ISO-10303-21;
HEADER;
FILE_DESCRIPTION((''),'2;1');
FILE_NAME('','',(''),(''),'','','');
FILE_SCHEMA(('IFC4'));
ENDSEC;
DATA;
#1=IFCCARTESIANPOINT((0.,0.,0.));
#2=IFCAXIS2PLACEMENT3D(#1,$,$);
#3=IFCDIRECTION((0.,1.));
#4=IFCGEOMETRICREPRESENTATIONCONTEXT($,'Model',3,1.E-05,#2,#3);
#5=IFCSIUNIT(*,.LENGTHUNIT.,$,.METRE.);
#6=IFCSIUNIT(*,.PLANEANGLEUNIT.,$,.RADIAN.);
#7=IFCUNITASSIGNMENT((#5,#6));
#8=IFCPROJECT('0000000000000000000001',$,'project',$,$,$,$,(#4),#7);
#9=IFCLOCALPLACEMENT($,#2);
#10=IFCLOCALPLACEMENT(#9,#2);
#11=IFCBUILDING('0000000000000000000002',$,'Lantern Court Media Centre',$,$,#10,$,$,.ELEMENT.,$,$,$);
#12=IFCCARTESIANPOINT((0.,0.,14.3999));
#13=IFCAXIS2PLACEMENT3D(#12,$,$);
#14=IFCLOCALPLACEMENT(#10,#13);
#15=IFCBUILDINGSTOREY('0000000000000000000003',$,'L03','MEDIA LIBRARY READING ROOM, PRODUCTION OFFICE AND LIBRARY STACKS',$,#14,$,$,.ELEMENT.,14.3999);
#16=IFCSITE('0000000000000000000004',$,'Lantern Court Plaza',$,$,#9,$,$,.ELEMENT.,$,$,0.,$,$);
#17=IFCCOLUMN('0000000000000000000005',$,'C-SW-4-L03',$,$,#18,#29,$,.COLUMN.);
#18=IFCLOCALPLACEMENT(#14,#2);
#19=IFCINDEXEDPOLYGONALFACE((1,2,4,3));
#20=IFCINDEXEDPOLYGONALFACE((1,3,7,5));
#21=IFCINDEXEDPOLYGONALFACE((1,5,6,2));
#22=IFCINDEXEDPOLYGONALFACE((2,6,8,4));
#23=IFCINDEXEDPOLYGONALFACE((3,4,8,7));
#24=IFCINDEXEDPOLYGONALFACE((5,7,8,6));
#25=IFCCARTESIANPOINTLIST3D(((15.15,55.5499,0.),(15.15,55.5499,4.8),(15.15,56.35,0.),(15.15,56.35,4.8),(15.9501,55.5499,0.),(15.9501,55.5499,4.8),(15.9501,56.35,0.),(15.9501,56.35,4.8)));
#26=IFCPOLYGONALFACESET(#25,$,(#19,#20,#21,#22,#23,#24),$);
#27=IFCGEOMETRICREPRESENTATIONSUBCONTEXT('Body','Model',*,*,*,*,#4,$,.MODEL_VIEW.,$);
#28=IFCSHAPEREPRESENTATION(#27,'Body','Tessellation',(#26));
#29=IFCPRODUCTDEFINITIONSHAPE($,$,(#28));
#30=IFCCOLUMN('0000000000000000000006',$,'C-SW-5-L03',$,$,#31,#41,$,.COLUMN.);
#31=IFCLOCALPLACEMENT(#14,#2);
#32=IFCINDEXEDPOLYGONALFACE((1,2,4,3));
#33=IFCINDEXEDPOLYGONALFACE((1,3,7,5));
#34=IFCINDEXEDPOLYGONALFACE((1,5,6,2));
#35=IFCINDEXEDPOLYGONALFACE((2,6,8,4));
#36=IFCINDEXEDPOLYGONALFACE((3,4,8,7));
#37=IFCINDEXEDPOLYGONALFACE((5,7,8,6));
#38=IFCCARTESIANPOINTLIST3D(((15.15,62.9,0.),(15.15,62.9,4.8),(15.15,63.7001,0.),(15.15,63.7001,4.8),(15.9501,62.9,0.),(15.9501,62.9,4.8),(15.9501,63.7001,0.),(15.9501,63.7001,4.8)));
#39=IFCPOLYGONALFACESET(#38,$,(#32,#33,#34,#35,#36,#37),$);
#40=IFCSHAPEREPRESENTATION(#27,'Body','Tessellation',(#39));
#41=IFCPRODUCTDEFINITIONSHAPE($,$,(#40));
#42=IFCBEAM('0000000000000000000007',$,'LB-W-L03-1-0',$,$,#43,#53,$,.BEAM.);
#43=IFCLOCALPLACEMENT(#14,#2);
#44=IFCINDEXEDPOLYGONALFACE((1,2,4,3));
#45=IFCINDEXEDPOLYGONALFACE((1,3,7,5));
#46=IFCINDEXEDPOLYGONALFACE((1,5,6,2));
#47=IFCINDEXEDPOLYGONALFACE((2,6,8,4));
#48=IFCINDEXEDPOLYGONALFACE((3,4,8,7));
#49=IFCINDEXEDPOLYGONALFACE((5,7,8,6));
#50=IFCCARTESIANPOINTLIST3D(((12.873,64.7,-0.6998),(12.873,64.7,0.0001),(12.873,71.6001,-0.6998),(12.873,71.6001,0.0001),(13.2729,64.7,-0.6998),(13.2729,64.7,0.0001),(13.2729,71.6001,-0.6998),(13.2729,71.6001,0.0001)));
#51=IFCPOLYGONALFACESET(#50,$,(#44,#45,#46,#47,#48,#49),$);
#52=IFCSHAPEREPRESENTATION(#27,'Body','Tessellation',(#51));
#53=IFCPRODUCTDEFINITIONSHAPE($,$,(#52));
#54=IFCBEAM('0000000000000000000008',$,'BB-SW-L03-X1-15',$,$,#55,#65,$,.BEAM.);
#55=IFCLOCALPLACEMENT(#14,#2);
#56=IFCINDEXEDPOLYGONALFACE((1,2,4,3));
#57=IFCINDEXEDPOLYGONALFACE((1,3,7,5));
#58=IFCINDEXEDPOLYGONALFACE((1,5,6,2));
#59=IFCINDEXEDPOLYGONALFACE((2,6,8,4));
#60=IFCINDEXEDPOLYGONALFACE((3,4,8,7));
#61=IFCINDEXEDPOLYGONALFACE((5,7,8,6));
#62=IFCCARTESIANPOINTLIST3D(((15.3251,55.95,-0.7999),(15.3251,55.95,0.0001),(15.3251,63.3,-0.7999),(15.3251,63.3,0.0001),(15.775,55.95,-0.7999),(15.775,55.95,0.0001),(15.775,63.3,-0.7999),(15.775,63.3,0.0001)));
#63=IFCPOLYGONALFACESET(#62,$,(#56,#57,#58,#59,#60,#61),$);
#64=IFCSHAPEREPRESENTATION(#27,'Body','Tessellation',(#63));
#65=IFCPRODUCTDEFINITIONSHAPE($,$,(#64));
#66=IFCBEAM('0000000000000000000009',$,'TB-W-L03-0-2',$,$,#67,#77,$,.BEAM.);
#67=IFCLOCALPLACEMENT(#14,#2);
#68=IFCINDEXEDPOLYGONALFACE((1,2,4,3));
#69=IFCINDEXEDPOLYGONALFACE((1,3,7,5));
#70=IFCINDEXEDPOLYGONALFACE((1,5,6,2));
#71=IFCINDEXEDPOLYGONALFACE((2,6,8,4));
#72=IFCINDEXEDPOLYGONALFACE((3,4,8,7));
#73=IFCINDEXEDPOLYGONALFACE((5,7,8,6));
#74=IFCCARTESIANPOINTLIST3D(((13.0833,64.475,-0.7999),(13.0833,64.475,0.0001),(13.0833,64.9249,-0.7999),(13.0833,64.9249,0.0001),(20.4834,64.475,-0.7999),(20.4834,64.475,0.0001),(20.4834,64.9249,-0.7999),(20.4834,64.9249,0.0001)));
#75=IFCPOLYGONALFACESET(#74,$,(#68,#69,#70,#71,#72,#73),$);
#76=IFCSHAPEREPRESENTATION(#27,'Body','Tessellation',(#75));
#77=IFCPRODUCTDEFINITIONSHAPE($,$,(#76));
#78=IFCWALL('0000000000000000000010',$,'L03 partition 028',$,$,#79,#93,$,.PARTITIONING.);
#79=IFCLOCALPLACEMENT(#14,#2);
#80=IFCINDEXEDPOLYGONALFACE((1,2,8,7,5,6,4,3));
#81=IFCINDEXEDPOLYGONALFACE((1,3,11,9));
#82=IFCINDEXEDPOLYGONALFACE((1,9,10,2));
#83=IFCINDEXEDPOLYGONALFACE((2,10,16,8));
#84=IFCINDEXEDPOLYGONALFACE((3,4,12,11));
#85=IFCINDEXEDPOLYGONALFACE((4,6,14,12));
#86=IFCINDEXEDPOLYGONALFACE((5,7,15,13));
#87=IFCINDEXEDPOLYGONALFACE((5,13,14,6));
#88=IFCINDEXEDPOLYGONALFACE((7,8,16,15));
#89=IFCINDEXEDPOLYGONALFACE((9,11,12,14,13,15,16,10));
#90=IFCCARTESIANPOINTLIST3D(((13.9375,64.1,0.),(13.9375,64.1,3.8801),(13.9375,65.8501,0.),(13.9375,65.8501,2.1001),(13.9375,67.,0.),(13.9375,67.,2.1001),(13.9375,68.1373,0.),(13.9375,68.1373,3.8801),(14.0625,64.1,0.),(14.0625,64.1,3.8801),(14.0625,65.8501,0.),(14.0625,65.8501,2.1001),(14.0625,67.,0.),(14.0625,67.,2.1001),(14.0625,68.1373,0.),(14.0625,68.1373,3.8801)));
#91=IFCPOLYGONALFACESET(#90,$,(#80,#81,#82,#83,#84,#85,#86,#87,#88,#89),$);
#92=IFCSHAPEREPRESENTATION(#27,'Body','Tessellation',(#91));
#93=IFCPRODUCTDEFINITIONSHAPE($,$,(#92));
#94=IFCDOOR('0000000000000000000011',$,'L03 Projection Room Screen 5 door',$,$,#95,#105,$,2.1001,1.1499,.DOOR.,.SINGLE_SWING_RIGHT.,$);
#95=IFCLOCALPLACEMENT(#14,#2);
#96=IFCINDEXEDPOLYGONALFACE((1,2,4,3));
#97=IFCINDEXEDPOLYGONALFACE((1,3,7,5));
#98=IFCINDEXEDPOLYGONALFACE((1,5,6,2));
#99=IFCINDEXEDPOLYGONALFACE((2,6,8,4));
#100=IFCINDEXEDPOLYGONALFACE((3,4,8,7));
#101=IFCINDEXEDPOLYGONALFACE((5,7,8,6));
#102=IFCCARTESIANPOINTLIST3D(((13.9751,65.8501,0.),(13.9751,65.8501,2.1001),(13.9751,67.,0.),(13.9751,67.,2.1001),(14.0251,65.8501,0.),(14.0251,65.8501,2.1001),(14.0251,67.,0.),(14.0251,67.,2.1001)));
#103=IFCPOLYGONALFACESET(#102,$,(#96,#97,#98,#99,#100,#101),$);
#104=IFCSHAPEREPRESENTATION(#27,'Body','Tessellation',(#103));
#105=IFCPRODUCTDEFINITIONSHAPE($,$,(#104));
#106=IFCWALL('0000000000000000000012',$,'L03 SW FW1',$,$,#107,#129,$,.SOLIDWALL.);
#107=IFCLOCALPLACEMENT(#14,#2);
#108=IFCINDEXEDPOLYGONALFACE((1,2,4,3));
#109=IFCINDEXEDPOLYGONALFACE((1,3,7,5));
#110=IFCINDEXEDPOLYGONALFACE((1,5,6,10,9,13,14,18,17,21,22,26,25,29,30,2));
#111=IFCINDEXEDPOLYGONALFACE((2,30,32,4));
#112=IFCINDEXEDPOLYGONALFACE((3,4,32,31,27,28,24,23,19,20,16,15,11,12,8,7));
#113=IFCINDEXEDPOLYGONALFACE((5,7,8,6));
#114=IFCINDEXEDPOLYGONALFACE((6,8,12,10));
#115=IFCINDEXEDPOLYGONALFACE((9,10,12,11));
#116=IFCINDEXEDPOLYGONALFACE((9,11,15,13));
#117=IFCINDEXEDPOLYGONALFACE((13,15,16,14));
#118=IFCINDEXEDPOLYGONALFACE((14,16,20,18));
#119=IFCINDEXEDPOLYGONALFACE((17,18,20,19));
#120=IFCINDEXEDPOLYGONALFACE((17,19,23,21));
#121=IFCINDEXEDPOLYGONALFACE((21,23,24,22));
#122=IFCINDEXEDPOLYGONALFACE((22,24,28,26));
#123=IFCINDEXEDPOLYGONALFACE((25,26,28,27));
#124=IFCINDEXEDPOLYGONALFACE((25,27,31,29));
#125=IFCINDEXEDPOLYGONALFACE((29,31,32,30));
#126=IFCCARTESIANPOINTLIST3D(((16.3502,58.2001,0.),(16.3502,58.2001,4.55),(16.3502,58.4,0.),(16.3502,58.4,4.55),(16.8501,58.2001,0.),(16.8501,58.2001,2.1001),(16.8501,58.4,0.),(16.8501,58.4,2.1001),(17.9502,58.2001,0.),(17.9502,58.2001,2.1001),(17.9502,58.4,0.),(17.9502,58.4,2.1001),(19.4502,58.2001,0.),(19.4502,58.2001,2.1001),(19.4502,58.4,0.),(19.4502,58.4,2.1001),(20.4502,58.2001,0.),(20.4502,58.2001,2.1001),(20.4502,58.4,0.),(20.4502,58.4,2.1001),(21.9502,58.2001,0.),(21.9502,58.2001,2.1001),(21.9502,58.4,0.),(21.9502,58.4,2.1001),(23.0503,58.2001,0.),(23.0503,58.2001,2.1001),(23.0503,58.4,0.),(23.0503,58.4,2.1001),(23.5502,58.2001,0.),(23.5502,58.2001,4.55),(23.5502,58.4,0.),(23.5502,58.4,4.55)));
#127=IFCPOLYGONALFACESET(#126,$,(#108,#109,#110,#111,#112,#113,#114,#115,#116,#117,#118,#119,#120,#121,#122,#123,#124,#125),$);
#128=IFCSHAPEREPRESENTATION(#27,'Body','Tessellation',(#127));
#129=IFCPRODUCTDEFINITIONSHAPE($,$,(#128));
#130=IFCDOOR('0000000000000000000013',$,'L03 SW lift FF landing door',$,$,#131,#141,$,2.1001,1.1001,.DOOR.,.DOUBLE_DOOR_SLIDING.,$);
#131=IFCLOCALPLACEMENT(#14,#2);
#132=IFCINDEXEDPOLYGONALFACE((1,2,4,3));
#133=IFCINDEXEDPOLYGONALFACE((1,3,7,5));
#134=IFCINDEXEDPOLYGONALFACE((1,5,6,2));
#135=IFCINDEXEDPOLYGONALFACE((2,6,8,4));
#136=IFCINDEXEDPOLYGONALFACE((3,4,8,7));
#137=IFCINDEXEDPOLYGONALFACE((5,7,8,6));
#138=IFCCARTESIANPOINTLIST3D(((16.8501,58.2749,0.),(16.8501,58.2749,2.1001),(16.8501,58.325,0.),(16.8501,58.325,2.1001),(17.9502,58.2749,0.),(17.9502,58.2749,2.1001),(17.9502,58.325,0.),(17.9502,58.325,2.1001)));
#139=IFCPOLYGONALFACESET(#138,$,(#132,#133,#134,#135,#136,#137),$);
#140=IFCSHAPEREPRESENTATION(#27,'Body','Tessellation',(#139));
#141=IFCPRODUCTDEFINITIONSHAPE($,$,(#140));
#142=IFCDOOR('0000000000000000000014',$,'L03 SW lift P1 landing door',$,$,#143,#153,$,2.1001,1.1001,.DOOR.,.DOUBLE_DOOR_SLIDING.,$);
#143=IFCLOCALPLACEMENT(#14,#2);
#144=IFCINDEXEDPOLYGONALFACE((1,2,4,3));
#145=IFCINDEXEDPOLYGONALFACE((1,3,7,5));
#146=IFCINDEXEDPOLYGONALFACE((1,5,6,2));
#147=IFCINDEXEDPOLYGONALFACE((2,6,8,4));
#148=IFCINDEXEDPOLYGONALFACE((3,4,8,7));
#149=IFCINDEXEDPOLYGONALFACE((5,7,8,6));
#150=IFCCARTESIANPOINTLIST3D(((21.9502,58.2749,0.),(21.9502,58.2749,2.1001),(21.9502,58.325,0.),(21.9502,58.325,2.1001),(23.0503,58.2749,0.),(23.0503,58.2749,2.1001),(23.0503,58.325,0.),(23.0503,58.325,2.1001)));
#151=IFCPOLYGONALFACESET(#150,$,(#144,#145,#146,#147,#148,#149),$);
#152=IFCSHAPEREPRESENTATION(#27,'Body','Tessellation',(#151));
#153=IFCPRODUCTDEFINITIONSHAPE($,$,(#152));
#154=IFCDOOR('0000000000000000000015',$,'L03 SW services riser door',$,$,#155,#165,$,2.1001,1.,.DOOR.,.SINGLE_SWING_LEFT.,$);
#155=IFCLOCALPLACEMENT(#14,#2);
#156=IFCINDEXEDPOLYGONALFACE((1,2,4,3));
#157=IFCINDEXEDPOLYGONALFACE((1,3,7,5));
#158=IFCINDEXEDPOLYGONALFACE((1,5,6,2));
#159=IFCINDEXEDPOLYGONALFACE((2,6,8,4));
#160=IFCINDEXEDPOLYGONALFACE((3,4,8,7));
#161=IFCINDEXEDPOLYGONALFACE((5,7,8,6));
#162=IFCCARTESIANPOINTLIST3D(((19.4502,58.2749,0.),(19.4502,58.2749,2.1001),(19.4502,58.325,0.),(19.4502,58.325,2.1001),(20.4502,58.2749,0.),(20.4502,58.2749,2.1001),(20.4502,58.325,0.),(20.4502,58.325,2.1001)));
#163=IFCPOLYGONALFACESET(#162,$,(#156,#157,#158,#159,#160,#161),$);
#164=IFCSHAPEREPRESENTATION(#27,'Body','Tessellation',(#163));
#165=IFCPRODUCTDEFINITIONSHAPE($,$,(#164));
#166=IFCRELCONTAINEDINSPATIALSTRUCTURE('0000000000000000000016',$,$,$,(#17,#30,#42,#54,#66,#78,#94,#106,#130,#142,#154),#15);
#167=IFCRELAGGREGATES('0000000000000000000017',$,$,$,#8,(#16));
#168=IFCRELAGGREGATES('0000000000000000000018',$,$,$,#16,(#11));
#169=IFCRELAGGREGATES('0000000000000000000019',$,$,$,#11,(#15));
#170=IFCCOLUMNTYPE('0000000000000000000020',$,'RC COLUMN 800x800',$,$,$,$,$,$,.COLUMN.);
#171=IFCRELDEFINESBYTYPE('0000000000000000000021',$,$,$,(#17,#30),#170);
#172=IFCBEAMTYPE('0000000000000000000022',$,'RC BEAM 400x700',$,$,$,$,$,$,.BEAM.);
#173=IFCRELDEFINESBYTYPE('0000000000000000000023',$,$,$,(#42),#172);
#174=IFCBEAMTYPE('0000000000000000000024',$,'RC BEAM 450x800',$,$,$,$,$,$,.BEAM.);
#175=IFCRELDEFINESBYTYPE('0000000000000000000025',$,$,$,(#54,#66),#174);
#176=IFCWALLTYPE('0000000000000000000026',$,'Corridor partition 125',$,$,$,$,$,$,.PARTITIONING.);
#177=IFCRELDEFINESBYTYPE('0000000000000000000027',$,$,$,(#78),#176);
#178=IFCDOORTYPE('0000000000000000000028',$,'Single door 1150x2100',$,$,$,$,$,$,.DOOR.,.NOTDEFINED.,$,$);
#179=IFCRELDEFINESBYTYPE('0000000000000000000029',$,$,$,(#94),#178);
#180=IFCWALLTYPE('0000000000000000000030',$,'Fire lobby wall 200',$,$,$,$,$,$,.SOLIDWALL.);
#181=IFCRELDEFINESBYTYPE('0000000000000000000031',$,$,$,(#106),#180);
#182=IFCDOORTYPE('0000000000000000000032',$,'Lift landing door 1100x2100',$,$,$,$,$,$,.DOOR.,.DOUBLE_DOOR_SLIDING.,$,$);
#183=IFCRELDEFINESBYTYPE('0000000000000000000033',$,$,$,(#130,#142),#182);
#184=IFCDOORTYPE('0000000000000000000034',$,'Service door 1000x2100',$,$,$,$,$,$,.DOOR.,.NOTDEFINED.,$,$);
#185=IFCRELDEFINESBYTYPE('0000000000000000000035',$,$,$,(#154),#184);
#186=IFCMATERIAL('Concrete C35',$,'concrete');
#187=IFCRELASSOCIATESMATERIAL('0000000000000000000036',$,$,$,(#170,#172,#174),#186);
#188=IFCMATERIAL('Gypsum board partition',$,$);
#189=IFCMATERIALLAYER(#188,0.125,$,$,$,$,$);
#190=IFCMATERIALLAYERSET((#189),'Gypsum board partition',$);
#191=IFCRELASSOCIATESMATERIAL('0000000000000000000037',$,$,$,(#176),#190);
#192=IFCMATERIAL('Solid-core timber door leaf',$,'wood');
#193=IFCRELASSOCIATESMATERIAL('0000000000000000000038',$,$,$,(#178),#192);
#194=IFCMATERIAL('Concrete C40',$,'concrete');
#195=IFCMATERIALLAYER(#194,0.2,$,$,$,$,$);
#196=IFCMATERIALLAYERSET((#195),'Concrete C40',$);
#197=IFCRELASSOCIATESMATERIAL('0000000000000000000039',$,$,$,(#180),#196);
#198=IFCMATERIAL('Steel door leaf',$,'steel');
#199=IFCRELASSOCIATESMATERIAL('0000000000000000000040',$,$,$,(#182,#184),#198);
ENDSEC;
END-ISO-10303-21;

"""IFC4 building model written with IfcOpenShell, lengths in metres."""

from ifc_helpers import new_model, si_unit, direction, frame, frame_2d, origin, origin_2d, place, context, subcontext, project, spatial, rectangle, extrude, material, layer, layer_set, material_profile, profile_set, type_object, element, fill, save


model = new_model("IFC4")

# Units and contexts
model_context = context("Model", 3, precision=1e-05, world=origin(), true_north=direction((0.0, 1.0)))
body_context = subcontext(model_context, "Body", "Model", "MODEL_VIEW")
ifc_project = project(units=[si_unit("LENGTHUNIT", "METRE"), si_unit("PLANEANGLEUNIT", "RADIAN")], contexts=[model_context])

# Site, building, storey
site_placement = place(None, origin())
site = spatial("IfcSite", under=ifc_project, at=site_placement, Name="Lantern Court Plaza", CompositionType="ELEMENT", RefElevation=0.0)
building_placement = place(site_placement, origin())
building = spatial("IfcBuilding", under=site, at=building_placement, Name="Lantern Court Media Centre", CompositionType="ELEMENT")
storey_placement = place(building_placement, frame((0.0, 0.0, 14.3999)))
storey = spatial("IfcBuildingStorey", under=building, at=storey_placement, Name="L03", Description="MEDIA LIBRARY READING ROOM, PRODUCTION OFFICE AND LIBRARY STACKS", CompositionType="ELEMENT", Elevation=14.3999)

# Columns
ifc_material_1 = material(Name="Concrete C35", Category="concrete")
ifc_material_profile_1 = material_profile(ifc_material_1, rectangle(XDim=0.8, YDim=0.8, at=origin_2d()), Name="RC 800x800")
ifc_profile_set_1 = profile_set([ifc_material_profile_1], Name="Concrete C35")
column_type = type_object("IfcColumnType", Name="RC COLUMN 800x800", PredefinedType="COLUMN", material=ifc_profile_set_1)
for number, where, z_axis, x_axis, name in (
    (1, (15.55, 55.95, 0.0), (0.0, 0.0, 1.0), (1.0, 0.0, 0.0), "C-SW-4-L03"),
    (2, (15.55, 63.3, 0.0), (0.0, 0.0, 1.0), (1.0, 0.0, 0.0), "C-SW-5-L03"),
):
    element("IfcColumn", number, at=place(storey_placement, frame(where, z_axis=z_axis, x_axis=x_axis)), inside=storey, type_object=column_type, Name=name, PredefinedType="COLUMN", context=body_context, shape_type="SweptSolid", body=[
        extrude(rectangle(XDim=0.8, YDim=0.8, at=origin_2d()), origin(), (0.0, 0.0, 1.0), 4.8),
    ])

# Beams
ifc_material_profile_2 = material_profile(ifc_material_1, rectangle(XDim=0.3999, YDim=0.7, at=origin_2d()), Name="RC 400x700")
ifc_profile_set_2 = profile_set([ifc_material_profile_2], Name="Concrete C35")
beam_type_1 = type_object("IfcBeamType", Name="RC BEAM 400x700", PredefinedType="BEAM", material=ifc_profile_set_2)
beam_1_placement = place(storey_placement, frame((13.073, 64.7, -0.3499), z_axis=(0.0, 1.0, 0.0), x_axis=(-1.0, 0.0, 0.0)))
element("IfcBeam", 3, at=beam_1_placement, inside=storey, type_object=beam_type_1, Name="LB-W-L03-1-0", PredefinedType="BEAM", context=body_context, shape_type="SweptSolid", body=[
    extrude(rectangle(XDim=0.3999, YDim=0.7, at=origin_2d()), origin(), (0.0, 0.0, 1.0), 6.9001),
])
ifc_material_profile_3 = material_profile(ifc_material_1, rectangle(XDim=0.45, YDim=0.8, at=origin_2d()), Name="RC 450x800")
ifc_profile_set_3 = profile_set([ifc_material_profile_3], Name="Concrete C35")
beam_type_2 = type_object("IfcBeamType", Name="RC BEAM 450x800", PredefinedType="BEAM", material=ifc_profile_set_3)
beam_2_placement = place(storey_placement, frame((15.55, 55.95, -0.3999), z_axis=(0.0, 1.0, 0.0), x_axis=(-1.0, 0.0, 0.0)))
element("IfcBeam", 4, at=beam_2_placement, inside=storey, type_object=beam_type_2, Name="BB-SW-L03-X1-15", PredefinedType="BEAM", context=body_context, shape_type="SweptSolid", body=[
    extrude(rectangle(XDim=0.45, YDim=0.8, at=origin_2d()), origin(), (0.0, 0.0, 1.0), 7.3501),
])
beam_3_placement = place(storey_placement, frame((13.0833, 64.7, -0.3999), z_axis=(1.0, 0.0, 0.0), x_axis=(0.0, 1.0, 0.0)))
element("IfcBeam", 5, at=beam_3_placement, inside=storey, type_object=beam_type_2, Name="TB-W-L03-0-2", PredefinedType="BEAM", context=body_context, shape_type="SweptSolid", body=[
    extrude(rectangle(XDim=0.45, YDim=0.8, at=origin_2d()), origin(), (0.0, 0.0, 1.0), 7.4001),
])

# Wall, opening, door
ifc_material_2 = material(Name="Gypsum board partition")
ifc_layer_1 = layer(ifc_material_2, 0.125)
ifc_layer_set_1 = layer_set([ifc_layer_1], Name="Gypsum board partition")
wall_type_1 = type_object("IfcWallType", Name="Corridor partition 125", PredefinedType="PARTITIONING", material=ifc_layer_set_1)
wall_1_placement = place(storey_placement, frame((14.0, 64.1001, 0.0), z_axis=(0.0, 0.0, 1.0), x_axis=(0.0, 1.0, 0.0)))
wall_1 = element("IfcWall", 6, at=wall_1_placement, inside=storey, type_object=wall_type_1, Name="L03 partition 028", PredefinedType="PARTITIONING", context=body_context, shape_type="SweptSolid", body=[
    extrude(rectangle(XDim=4.0374, YDim=0.125, at=frame_2d((2.0186, 0.0))), origin(), (0.0, 0.0, 1.0), 3.8801),
])
opening_1_placement = place(wall_1_placement, frame((1.75, 0.0, 0.0)))
opening_1 = element("IfcOpeningElement", 7, at=opening_1_placement, cuts=wall_1, PredefinedType="OPENING", context=body_context, shape_type="SweptSolid", body=[
    extrude(rectangle(XDim=1.1499, YDim=2.1001, at=frame_2d((0.575, 1.05))), frame((0.0, 0.0725, 0.0), z_axis=(0.0, -1.0, 0.0), x_axis=(1.0, 0.0, 0.0)), (0.0, 0.0, 1.0), 0.145),
])
ifc_material_3 = material(Name="Solid-core timber door leaf", Category="wood")
door_type_1 = type_object("IfcDoorType", Name="Single door 1150x2100", OperationType="NOTDEFINED", PredefinedType="DOOR", material=ifc_material_3)
door_1_placement = place(opening_1_placement, origin())
door_1 = element("IfcDoor", 8, at=door_1_placement, inside=storey, type_object=door_type_1, Name="L03 Projection Room Screen 5 door", OperationType="SINGLE_SWING_RIGHT", OverallHeight=2.1001, OverallWidth=1.1499, PredefinedType="DOOR", context=body_context, shape_type="SweptSolid", body=[
    extrude(rectangle(XDim=1.1499, YDim=2.1001, at=frame_2d((0.575, 1.05))), frame((0.0, 0.0249, 0.0), z_axis=(0.0, -1.0, 0.0), x_axis=(1.0, 0.0, 0.0)), (0.0, 0.0, 1.0), 0.05),
])
fill(opening_1, door_1)

# Wall, openings, doors
ifc_material_4 = material(Name="Concrete C40", Category="concrete")
ifc_layer_2 = layer(ifc_material_4, 0.2)
ifc_layer_set_2 = layer_set([ifc_layer_2], Name="Concrete C40")
wall_type_2 = type_object("IfcWallType", Name="Fire lobby wall 200", PredefinedType="SOLIDWALL", material=ifc_layer_set_2)
wall_2_placement = place(storey_placement, frame((16.3501, 58.3, 0.0), z_axis=(0.0, 0.0, 1.0), x_axis=(1.0, 0.0, 0.0)))
wall_2 = element("IfcWall", 9, at=wall_2_placement, inside=storey, type_object=wall_type_2, Name="L03 SW FW1", PredefinedType="SOLIDWALL", context=body_context, shape_type="SweptSolid", body=[
    extrude(rectangle(XDim=7.2, YDim=0.2, at=frame_2d((3.6001, 0.0))), origin(), (0.0, 0.0, 1.0), 4.55),
])
opening_2_placement = place(wall_2_placement, frame((0.5, 0.0, 0.0)))
opening_2 = element("IfcOpeningElement", 10, at=opening_2_placement, cuts=wall_2, PredefinedType="OPENING", context=body_context, shape_type="SweptSolid", body=[
    extrude(rectangle(XDim=1.1001, YDim=2.1001, at=frame_2d((0.55, 1.05))), frame((0.0, 0.1099, 0.0), z_axis=(0.0, -1.0, 0.0), x_axis=(1.0, 0.0, 0.0)), (0.0, 0.0, 1.0), 0.22),
])
opening_3_placement = place(wall_2_placement, frame((5.6001, 0.0, 0.0)))
opening_3 = element("IfcOpeningElement", 11, at=opening_3_placement, cuts=wall_2, PredefinedType="OPENING", context=body_context, shape_type="SweptSolid", body=[
    extrude(rectangle(XDim=1.1001, YDim=2.1001, at=frame_2d((0.55, 1.05))), frame((0.0, 0.1099, 0.0), z_axis=(0.0, -1.0, 0.0), x_axis=(1.0, 0.0, 0.0)), (0.0, 0.0, 1.0), 0.22),
])
opening_4_placement = place(wall_2_placement, frame((3.1001, 0.0, 0.0)))
opening_4 = element("IfcOpeningElement", 12, at=opening_4_placement, cuts=wall_2, PredefinedType="OPENING", context=body_context, shape_type="SweptSolid", body=[
    extrude(rectangle(XDim=1.0, YDim=2.1001, at=frame_2d((0.5, 1.05))), frame((0.0, 0.1099, 0.0), z_axis=(0.0, -1.0, 0.0), x_axis=(1.0, 0.0, 0.0)), (0.0, 0.0, 1.0), 0.22),
])
ifc_material_5 = material(Name="Steel door leaf", Category="steel")
door_type_2 = type_object("IfcDoorType", Name="Lift landing door 1100x2100", OperationType="DOUBLE_DOOR_SLIDING", PredefinedType="DOOR", material=ifc_material_5)
door_2_placement = place(opening_2_placement, origin())
door_2 = element("IfcDoor", 13, at=door_2_placement, inside=storey, type_object=door_type_2, Name="L03 SW lift FF landing door", OperationType="DOUBLE_DOOR_SLIDING", OverallHeight=2.1001, OverallWidth=1.1001, PredefinedType="DOOR", context=body_context, shape_type="SweptSolid", body=[
    extrude(rectangle(XDim=1.1001, YDim=2.1001, at=frame_2d((0.55, 1.05))), frame((0.0, 0.0249, 0.0), z_axis=(0.0, -1.0, 0.0), x_axis=(1.0, 0.0, 0.0)), (0.0, 0.0, 1.0), 0.05),
])
fill(opening_2, door_2)
door_3_placement = place(opening_3_placement, origin())
door_3 = element("IfcDoor", 14, at=door_3_placement, inside=storey, type_object=door_type_2, Name="L03 SW lift P1 landing door", OperationType="DOUBLE_DOOR_SLIDING", OverallHeight=2.1001, OverallWidth=1.1001, PredefinedType="DOOR", context=body_context, shape_type="SweptSolid", body=[
    extrude(rectangle(XDim=1.1001, YDim=2.1001, at=frame_2d((0.55, 1.05))), frame((0.0, 0.0249, 0.0), z_axis=(0.0, -1.0, 0.0), x_axis=(1.0, 0.0, 0.0)), (0.0, 0.0, 1.0), 0.05),
])
fill(opening_3, door_3)
door_type_3 = type_object("IfcDoorType", Name="Service door 1000x2100", OperationType="NOTDEFINED", PredefinedType="DOOR", material=ifc_material_5)
door_4_placement = place(opening_4_placement, origin())
door_4 = element("IfcDoor", 15, at=door_4_placement, inside=storey, type_object=door_type_3, Name="L03 SW services riser door", OperationType="SINGLE_SWING_LEFT", OverallHeight=2.1001, OverallWidth=1.0, PredefinedType="DOOR", context=body_context, shape_type="SweptSolid", body=[
    extrude(rectangle(XDim=1.0, YDim=2.1001, at=frame_2d((0.5, 1.05))), frame((0.0, 0.0249, 0.0), z_axis=(0.0, -1.0, 0.0), x_axis=(1.0, 0.0, 0.0)), (0.0, 0.0, 1.0), 0.05),
])
fill(opening_4, door_4)

save(model, "model.ifc")
